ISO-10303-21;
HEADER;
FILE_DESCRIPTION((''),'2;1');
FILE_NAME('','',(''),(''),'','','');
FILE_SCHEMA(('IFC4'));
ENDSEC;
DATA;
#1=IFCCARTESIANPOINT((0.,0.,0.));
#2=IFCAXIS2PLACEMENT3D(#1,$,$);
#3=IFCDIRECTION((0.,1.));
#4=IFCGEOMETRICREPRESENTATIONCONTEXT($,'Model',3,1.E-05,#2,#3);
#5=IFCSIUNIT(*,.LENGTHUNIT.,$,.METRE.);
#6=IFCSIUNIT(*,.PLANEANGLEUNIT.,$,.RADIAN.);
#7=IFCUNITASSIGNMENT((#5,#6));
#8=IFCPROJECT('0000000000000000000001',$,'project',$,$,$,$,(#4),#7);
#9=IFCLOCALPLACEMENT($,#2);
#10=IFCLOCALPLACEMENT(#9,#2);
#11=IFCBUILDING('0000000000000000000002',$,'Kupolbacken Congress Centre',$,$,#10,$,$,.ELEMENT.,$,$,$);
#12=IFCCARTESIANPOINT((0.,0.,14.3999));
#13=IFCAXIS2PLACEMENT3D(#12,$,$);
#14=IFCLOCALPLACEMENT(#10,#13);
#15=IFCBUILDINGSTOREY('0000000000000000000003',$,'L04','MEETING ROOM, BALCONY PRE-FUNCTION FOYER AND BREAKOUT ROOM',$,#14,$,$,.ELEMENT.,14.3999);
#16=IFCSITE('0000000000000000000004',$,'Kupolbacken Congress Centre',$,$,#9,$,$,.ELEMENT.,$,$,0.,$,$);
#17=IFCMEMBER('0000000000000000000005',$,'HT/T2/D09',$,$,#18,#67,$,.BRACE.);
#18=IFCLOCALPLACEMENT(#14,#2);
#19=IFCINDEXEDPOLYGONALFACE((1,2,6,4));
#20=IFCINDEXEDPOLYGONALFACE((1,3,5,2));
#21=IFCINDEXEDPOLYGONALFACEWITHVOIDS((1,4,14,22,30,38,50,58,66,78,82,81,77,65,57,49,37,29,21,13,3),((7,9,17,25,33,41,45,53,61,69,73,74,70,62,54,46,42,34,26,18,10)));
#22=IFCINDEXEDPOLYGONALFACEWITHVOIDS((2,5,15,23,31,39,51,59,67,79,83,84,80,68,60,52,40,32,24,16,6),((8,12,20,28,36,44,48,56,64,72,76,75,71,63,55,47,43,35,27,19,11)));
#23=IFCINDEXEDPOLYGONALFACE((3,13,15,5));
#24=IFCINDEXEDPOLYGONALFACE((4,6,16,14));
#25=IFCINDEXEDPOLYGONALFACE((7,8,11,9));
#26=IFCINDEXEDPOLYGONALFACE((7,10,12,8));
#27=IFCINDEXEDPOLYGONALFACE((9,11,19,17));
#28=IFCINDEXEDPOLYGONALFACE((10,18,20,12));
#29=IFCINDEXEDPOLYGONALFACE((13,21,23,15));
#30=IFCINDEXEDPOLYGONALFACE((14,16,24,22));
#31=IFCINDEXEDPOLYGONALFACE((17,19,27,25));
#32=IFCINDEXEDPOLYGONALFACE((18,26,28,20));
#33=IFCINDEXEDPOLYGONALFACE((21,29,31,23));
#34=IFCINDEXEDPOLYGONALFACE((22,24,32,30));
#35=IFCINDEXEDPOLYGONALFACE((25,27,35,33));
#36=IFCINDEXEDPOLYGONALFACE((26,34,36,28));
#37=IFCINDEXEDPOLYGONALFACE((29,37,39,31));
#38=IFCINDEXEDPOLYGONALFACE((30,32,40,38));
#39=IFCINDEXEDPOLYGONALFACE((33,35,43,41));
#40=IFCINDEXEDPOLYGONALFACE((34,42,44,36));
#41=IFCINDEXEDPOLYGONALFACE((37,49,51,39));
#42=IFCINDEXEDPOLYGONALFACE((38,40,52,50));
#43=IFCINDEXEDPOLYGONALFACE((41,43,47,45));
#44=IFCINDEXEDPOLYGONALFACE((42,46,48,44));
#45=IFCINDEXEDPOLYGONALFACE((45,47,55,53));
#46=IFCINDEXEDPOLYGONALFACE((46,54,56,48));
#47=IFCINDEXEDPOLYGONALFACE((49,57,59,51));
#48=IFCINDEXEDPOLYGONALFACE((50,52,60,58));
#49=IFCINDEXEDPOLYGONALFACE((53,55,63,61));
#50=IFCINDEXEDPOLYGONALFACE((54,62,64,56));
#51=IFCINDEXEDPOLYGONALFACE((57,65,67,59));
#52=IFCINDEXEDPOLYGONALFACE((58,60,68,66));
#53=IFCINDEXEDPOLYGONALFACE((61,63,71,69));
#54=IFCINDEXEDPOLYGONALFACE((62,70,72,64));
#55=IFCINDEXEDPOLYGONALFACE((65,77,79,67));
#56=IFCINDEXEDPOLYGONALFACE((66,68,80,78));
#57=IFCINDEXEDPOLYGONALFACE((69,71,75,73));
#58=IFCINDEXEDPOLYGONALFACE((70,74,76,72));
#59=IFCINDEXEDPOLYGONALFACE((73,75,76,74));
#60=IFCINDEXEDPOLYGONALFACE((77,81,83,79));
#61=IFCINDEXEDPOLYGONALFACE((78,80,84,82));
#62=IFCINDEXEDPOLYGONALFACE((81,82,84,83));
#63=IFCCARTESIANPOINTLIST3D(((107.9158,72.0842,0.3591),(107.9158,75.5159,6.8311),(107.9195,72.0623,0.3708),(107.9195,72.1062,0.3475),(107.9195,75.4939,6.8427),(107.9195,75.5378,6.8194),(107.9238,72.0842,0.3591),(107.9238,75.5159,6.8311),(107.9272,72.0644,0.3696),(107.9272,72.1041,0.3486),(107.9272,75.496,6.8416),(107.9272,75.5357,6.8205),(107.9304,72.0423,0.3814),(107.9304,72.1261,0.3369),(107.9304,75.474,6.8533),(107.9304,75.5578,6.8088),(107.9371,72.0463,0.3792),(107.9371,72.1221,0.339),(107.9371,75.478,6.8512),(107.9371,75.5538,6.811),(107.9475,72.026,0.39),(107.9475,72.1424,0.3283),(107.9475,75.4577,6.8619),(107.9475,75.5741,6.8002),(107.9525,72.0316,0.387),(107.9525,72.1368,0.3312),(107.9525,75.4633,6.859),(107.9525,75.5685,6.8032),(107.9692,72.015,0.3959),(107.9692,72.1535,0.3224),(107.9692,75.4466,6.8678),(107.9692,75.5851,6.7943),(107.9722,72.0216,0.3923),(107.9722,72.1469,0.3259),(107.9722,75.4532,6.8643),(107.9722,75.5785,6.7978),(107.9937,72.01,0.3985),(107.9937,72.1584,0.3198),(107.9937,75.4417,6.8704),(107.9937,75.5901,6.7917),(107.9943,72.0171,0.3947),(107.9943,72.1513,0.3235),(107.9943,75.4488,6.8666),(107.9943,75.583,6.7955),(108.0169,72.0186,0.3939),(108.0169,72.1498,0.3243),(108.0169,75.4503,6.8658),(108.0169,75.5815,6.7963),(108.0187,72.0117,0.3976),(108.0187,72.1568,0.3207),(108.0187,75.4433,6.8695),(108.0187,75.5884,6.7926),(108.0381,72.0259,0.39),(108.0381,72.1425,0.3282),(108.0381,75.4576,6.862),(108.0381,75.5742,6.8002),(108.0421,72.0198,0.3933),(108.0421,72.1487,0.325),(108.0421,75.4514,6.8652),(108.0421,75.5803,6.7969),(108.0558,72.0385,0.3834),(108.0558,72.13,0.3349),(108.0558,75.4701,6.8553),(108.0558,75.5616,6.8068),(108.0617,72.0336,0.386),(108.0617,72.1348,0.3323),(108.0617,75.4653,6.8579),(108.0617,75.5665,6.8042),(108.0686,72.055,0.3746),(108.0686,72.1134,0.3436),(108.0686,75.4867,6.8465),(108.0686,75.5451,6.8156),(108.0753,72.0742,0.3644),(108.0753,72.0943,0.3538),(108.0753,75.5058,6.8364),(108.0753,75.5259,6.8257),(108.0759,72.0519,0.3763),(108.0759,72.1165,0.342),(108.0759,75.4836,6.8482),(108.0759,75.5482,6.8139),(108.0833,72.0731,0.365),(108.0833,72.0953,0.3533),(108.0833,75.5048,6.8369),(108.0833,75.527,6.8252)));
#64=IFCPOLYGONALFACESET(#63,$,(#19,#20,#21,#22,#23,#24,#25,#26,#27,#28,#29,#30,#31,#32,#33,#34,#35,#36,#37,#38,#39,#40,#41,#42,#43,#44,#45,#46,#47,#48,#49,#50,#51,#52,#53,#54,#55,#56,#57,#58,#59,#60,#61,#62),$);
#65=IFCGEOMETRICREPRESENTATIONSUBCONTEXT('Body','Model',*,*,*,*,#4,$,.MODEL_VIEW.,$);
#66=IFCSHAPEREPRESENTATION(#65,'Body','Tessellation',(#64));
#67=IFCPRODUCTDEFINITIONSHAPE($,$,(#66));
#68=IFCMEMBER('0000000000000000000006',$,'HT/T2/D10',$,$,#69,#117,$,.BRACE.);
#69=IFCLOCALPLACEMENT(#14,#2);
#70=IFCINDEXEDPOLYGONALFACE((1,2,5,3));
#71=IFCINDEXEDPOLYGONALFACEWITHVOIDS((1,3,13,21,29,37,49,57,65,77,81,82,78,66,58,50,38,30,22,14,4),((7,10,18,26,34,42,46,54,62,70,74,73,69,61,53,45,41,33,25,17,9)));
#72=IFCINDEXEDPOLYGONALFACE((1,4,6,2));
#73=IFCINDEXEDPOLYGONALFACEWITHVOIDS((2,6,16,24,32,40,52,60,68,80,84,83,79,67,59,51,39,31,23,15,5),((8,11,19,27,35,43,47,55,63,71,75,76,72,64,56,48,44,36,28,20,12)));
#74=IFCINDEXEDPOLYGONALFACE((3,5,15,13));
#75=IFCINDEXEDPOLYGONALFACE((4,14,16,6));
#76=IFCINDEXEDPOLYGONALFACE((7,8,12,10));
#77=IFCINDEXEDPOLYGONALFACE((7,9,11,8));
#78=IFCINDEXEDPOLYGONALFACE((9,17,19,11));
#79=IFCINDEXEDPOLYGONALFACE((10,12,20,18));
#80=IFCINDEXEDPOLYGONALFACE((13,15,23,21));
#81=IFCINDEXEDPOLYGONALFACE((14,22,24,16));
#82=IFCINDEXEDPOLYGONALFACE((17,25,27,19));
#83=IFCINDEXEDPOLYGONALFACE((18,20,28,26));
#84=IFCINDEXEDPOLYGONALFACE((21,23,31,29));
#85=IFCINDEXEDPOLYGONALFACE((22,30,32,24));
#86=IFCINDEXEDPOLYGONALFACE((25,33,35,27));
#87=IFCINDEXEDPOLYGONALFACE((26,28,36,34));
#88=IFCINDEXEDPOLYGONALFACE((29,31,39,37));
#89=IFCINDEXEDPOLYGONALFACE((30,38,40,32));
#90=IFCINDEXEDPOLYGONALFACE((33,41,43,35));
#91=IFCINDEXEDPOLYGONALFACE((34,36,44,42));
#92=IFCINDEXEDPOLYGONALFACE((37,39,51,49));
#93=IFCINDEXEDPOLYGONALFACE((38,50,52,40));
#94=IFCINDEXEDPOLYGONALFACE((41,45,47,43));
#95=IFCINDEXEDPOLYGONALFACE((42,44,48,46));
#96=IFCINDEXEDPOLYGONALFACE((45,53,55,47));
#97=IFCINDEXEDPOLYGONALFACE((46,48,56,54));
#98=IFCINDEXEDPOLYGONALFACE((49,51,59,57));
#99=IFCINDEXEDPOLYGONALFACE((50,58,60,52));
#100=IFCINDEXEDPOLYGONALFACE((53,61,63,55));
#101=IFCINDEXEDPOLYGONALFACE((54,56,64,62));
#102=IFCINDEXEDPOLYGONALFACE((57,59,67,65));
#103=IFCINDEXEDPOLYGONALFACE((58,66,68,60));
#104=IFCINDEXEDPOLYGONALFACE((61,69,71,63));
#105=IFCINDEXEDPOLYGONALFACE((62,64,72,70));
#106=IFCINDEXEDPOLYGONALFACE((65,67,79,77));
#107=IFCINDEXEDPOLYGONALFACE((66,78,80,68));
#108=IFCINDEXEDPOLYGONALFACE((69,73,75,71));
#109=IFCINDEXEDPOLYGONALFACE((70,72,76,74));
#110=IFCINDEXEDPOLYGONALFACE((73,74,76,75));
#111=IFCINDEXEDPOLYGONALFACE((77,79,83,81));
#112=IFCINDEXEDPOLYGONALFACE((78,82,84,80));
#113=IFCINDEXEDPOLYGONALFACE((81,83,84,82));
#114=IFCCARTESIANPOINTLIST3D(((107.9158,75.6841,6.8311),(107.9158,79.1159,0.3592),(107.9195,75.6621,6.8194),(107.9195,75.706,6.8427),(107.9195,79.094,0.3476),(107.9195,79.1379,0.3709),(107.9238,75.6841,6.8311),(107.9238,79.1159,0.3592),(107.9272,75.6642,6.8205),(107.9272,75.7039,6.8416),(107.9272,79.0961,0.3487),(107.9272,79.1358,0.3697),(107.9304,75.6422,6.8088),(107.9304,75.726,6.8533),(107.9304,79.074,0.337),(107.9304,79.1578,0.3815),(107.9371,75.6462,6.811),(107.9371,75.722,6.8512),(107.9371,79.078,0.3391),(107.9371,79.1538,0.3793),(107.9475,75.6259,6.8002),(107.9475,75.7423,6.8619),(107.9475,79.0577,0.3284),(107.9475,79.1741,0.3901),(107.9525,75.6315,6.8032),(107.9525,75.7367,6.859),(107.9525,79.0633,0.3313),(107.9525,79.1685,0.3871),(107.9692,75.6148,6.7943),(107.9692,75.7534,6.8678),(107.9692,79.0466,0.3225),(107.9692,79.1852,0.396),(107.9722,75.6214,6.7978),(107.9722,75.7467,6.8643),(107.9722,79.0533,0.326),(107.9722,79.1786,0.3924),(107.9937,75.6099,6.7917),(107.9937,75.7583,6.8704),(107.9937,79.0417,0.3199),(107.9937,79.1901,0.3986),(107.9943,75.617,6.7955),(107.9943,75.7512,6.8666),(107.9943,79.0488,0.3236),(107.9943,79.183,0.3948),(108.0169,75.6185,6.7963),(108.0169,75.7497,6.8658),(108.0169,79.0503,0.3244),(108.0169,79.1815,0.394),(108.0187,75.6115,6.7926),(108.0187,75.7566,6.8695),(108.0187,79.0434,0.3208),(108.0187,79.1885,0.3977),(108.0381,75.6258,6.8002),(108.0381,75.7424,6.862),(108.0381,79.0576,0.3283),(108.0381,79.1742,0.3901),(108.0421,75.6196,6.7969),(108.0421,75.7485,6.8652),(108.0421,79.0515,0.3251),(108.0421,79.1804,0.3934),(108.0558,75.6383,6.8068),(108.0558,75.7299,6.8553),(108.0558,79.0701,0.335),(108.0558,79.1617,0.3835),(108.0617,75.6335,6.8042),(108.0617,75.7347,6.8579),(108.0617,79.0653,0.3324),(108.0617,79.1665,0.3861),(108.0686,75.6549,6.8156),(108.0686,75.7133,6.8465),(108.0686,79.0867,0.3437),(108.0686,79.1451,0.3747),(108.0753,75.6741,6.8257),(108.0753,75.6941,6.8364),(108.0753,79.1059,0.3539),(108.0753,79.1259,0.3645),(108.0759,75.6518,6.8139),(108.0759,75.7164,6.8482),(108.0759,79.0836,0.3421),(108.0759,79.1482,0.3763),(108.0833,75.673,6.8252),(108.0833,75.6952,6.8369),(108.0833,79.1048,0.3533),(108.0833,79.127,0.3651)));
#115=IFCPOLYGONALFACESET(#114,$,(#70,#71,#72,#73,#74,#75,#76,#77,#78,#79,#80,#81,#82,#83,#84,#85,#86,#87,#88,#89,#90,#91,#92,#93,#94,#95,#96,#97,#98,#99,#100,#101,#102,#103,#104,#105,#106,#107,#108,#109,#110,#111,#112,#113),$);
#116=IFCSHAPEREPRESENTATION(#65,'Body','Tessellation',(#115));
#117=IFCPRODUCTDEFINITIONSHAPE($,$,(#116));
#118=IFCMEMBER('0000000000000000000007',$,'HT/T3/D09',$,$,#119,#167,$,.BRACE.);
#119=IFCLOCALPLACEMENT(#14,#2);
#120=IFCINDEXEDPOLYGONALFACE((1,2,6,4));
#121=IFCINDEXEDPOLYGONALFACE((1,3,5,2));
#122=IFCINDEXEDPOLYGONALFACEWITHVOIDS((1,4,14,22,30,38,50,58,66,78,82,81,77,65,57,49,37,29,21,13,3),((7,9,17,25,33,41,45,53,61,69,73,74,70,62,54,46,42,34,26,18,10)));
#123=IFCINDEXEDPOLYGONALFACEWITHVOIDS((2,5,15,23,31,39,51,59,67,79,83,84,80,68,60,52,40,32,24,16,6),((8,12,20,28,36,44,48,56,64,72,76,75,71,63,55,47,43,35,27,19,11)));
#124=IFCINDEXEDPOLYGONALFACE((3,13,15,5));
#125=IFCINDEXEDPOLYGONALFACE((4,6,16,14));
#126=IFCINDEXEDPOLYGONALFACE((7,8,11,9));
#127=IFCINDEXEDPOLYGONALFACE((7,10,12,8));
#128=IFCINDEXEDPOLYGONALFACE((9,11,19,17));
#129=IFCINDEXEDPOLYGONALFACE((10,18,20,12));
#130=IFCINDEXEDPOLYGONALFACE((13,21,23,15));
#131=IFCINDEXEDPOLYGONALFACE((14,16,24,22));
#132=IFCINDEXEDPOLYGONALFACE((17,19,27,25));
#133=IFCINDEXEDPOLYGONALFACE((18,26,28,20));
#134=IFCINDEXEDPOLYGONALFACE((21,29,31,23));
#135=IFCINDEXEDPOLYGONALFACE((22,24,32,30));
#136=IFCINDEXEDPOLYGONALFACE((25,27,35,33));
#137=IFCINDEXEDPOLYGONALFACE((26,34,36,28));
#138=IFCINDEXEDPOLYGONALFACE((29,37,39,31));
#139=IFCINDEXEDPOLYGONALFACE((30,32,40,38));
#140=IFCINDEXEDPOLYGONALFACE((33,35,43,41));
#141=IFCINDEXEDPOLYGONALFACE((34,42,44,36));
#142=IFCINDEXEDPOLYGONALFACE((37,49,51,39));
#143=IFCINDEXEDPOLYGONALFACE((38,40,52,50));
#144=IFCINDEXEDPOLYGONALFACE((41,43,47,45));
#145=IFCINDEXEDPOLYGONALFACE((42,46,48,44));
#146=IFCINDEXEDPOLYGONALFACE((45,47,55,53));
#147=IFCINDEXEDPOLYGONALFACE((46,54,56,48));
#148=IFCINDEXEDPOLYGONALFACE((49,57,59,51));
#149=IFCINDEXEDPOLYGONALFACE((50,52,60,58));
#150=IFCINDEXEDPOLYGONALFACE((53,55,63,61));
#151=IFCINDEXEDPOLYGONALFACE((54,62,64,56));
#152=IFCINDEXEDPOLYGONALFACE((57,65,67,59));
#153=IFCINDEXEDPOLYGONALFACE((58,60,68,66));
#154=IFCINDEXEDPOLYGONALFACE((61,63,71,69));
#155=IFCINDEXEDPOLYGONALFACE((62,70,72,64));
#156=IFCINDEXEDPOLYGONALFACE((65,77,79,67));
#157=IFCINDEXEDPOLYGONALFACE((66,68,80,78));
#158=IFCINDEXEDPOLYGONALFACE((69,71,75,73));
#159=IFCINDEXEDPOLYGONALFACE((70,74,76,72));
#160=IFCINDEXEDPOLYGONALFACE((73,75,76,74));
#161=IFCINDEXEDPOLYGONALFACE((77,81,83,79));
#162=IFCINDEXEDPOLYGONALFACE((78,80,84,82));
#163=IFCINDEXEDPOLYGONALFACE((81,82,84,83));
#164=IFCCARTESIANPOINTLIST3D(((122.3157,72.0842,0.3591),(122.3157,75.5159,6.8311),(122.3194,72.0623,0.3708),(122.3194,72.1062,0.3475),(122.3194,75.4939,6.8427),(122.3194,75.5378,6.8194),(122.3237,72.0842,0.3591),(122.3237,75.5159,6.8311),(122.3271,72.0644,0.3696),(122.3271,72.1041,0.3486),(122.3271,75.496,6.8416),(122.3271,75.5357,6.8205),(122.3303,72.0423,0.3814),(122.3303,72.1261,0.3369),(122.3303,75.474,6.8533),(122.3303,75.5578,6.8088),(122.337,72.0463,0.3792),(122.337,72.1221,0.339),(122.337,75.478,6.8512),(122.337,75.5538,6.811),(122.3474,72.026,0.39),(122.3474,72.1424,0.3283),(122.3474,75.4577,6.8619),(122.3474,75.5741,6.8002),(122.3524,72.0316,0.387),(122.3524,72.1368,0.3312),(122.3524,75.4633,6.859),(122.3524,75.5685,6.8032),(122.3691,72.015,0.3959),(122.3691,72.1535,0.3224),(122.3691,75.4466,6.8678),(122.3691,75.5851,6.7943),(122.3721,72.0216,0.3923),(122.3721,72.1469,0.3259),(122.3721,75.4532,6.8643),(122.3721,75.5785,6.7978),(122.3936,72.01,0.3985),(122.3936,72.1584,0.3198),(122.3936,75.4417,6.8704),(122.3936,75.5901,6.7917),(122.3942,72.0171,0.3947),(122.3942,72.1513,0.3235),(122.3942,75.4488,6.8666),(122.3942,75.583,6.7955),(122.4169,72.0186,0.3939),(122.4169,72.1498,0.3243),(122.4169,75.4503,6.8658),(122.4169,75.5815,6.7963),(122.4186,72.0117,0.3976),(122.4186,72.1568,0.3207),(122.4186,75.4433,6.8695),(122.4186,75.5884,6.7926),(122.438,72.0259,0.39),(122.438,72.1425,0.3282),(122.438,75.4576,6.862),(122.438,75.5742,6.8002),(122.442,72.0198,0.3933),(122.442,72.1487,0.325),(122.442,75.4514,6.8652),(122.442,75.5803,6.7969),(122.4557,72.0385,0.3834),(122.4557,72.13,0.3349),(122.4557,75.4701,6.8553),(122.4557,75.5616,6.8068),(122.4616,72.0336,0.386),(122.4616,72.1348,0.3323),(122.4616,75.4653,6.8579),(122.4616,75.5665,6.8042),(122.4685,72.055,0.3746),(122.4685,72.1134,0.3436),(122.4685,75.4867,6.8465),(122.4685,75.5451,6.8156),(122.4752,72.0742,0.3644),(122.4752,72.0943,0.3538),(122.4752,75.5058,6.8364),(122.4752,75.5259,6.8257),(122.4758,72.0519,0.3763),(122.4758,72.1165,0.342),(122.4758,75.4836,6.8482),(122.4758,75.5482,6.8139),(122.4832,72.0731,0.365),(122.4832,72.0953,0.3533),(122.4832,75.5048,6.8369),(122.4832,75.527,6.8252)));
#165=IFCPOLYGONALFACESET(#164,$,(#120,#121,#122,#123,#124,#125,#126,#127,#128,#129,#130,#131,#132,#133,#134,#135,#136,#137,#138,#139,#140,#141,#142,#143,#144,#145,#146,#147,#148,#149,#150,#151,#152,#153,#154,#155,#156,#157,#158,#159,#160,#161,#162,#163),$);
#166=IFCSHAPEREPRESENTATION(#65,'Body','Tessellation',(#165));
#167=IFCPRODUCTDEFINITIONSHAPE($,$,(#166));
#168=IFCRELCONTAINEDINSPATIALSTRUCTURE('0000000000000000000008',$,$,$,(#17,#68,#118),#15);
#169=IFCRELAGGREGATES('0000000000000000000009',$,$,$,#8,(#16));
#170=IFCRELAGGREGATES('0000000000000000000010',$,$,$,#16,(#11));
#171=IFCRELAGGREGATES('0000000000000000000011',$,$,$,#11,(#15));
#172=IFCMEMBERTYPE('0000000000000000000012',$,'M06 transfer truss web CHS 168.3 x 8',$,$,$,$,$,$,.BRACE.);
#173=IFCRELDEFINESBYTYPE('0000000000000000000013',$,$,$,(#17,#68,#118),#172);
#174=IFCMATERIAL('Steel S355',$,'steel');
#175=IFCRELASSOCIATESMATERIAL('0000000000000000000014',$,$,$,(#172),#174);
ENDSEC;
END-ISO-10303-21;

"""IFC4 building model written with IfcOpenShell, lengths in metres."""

from ifc_helpers import new_model, si_unit, direction, frame, origin, origin_2d, place, context, subcontext, project, spatial, hollow_circle, extrude, material, material_profile, profile_set, type_object, element, save


model = new_model("IFC4")

# Units and contexts
model_context = context("Model", 3, precision=1e-05, world=origin(), true_north=direction((0.0, 1.0)))
body_context = subcontext(model_context, "Body", "Model", "MODEL_VIEW")
ifc_project = project(units=[si_unit("LENGTHUNIT", "METRE"), si_unit("PLANEANGLEUNIT", "RADIAN")], contexts=[model_context])

# Site, building, storey
site_placement = place(None, origin())
site = spatial("IfcSite", under=ifc_project, at=site_placement, Name="Kupolbacken Congress Centre", CompositionType="ELEMENT", RefElevation=0.0)
building_placement = place(site_placement, origin())
building = spatial("IfcBuilding", under=site, at=building_placement, Name="Kupolbacken Congress Centre", CompositionType="ELEMENT")
storey_placement = place(building_placement, frame((0.0, 0.0, 14.3999)))
storey = spatial("IfcBuildingStorey", under=building, at=storey_placement, Name="L04", Description="MEETING ROOM, BALCONY PRE-FUNCTION FOYER AND BREAKOUT ROOM", CompositionType="ELEMENT", Elevation=14.3999)

# Members
ifc_material_1 = material(Name="Steel S355", Category="steel")
ifc_material_profile_1 = material_profile(ifc_material_1, hollow_circle(Radius=0.0842, WallThickness=0.0081, at=origin_2d()), Name="CHS 168.3 x 8")
ifc_profile_set_1 = profile_set([ifc_material_profile_1], Name="Steel S355")
member_type_1 = type_object("IfcMemberType", Name="M06 transfer truss web CHS 168.3 x 8", PredefinedType="BRACE", material=ifc_profile_set_1)
for number, where, z_axis, x_axis, name in (
    (1, (108.0, 72.0842, 0.3591), (0.0, 0.468456, 0.883487), (-1.0, 0.0, 0.0), "HT/T2/D09"),
    (2, (108.0, 75.6841, 6.8311), (0.0, 0.468482, -0.883473), (-1.0, 0.0, 0.0), "HT/T2/D10"),
    (3, (122.3999, 72.0842, 0.3591), (0.0, 0.468456, 0.883487), (-1.0, 0.0, 0.0), "HT/T3/D09"),
):
    element("IfcMember", number, at=place(storey_placement, frame(where, z_axis=z_axis, x_axis=x_axis)), inside=storey, type_object=member_type_1, Name=name, PredefinedType="BRACE", context=body_context, shape_type="SweptSolid", body=[
        extrude(hollow_circle(Radius=0.0842, WallThickness=0.0081, at=origin_2d()), origin(), (0.0, 0.0, 1.0), 7.3254),
    ])

save(model, "model.ifc")
